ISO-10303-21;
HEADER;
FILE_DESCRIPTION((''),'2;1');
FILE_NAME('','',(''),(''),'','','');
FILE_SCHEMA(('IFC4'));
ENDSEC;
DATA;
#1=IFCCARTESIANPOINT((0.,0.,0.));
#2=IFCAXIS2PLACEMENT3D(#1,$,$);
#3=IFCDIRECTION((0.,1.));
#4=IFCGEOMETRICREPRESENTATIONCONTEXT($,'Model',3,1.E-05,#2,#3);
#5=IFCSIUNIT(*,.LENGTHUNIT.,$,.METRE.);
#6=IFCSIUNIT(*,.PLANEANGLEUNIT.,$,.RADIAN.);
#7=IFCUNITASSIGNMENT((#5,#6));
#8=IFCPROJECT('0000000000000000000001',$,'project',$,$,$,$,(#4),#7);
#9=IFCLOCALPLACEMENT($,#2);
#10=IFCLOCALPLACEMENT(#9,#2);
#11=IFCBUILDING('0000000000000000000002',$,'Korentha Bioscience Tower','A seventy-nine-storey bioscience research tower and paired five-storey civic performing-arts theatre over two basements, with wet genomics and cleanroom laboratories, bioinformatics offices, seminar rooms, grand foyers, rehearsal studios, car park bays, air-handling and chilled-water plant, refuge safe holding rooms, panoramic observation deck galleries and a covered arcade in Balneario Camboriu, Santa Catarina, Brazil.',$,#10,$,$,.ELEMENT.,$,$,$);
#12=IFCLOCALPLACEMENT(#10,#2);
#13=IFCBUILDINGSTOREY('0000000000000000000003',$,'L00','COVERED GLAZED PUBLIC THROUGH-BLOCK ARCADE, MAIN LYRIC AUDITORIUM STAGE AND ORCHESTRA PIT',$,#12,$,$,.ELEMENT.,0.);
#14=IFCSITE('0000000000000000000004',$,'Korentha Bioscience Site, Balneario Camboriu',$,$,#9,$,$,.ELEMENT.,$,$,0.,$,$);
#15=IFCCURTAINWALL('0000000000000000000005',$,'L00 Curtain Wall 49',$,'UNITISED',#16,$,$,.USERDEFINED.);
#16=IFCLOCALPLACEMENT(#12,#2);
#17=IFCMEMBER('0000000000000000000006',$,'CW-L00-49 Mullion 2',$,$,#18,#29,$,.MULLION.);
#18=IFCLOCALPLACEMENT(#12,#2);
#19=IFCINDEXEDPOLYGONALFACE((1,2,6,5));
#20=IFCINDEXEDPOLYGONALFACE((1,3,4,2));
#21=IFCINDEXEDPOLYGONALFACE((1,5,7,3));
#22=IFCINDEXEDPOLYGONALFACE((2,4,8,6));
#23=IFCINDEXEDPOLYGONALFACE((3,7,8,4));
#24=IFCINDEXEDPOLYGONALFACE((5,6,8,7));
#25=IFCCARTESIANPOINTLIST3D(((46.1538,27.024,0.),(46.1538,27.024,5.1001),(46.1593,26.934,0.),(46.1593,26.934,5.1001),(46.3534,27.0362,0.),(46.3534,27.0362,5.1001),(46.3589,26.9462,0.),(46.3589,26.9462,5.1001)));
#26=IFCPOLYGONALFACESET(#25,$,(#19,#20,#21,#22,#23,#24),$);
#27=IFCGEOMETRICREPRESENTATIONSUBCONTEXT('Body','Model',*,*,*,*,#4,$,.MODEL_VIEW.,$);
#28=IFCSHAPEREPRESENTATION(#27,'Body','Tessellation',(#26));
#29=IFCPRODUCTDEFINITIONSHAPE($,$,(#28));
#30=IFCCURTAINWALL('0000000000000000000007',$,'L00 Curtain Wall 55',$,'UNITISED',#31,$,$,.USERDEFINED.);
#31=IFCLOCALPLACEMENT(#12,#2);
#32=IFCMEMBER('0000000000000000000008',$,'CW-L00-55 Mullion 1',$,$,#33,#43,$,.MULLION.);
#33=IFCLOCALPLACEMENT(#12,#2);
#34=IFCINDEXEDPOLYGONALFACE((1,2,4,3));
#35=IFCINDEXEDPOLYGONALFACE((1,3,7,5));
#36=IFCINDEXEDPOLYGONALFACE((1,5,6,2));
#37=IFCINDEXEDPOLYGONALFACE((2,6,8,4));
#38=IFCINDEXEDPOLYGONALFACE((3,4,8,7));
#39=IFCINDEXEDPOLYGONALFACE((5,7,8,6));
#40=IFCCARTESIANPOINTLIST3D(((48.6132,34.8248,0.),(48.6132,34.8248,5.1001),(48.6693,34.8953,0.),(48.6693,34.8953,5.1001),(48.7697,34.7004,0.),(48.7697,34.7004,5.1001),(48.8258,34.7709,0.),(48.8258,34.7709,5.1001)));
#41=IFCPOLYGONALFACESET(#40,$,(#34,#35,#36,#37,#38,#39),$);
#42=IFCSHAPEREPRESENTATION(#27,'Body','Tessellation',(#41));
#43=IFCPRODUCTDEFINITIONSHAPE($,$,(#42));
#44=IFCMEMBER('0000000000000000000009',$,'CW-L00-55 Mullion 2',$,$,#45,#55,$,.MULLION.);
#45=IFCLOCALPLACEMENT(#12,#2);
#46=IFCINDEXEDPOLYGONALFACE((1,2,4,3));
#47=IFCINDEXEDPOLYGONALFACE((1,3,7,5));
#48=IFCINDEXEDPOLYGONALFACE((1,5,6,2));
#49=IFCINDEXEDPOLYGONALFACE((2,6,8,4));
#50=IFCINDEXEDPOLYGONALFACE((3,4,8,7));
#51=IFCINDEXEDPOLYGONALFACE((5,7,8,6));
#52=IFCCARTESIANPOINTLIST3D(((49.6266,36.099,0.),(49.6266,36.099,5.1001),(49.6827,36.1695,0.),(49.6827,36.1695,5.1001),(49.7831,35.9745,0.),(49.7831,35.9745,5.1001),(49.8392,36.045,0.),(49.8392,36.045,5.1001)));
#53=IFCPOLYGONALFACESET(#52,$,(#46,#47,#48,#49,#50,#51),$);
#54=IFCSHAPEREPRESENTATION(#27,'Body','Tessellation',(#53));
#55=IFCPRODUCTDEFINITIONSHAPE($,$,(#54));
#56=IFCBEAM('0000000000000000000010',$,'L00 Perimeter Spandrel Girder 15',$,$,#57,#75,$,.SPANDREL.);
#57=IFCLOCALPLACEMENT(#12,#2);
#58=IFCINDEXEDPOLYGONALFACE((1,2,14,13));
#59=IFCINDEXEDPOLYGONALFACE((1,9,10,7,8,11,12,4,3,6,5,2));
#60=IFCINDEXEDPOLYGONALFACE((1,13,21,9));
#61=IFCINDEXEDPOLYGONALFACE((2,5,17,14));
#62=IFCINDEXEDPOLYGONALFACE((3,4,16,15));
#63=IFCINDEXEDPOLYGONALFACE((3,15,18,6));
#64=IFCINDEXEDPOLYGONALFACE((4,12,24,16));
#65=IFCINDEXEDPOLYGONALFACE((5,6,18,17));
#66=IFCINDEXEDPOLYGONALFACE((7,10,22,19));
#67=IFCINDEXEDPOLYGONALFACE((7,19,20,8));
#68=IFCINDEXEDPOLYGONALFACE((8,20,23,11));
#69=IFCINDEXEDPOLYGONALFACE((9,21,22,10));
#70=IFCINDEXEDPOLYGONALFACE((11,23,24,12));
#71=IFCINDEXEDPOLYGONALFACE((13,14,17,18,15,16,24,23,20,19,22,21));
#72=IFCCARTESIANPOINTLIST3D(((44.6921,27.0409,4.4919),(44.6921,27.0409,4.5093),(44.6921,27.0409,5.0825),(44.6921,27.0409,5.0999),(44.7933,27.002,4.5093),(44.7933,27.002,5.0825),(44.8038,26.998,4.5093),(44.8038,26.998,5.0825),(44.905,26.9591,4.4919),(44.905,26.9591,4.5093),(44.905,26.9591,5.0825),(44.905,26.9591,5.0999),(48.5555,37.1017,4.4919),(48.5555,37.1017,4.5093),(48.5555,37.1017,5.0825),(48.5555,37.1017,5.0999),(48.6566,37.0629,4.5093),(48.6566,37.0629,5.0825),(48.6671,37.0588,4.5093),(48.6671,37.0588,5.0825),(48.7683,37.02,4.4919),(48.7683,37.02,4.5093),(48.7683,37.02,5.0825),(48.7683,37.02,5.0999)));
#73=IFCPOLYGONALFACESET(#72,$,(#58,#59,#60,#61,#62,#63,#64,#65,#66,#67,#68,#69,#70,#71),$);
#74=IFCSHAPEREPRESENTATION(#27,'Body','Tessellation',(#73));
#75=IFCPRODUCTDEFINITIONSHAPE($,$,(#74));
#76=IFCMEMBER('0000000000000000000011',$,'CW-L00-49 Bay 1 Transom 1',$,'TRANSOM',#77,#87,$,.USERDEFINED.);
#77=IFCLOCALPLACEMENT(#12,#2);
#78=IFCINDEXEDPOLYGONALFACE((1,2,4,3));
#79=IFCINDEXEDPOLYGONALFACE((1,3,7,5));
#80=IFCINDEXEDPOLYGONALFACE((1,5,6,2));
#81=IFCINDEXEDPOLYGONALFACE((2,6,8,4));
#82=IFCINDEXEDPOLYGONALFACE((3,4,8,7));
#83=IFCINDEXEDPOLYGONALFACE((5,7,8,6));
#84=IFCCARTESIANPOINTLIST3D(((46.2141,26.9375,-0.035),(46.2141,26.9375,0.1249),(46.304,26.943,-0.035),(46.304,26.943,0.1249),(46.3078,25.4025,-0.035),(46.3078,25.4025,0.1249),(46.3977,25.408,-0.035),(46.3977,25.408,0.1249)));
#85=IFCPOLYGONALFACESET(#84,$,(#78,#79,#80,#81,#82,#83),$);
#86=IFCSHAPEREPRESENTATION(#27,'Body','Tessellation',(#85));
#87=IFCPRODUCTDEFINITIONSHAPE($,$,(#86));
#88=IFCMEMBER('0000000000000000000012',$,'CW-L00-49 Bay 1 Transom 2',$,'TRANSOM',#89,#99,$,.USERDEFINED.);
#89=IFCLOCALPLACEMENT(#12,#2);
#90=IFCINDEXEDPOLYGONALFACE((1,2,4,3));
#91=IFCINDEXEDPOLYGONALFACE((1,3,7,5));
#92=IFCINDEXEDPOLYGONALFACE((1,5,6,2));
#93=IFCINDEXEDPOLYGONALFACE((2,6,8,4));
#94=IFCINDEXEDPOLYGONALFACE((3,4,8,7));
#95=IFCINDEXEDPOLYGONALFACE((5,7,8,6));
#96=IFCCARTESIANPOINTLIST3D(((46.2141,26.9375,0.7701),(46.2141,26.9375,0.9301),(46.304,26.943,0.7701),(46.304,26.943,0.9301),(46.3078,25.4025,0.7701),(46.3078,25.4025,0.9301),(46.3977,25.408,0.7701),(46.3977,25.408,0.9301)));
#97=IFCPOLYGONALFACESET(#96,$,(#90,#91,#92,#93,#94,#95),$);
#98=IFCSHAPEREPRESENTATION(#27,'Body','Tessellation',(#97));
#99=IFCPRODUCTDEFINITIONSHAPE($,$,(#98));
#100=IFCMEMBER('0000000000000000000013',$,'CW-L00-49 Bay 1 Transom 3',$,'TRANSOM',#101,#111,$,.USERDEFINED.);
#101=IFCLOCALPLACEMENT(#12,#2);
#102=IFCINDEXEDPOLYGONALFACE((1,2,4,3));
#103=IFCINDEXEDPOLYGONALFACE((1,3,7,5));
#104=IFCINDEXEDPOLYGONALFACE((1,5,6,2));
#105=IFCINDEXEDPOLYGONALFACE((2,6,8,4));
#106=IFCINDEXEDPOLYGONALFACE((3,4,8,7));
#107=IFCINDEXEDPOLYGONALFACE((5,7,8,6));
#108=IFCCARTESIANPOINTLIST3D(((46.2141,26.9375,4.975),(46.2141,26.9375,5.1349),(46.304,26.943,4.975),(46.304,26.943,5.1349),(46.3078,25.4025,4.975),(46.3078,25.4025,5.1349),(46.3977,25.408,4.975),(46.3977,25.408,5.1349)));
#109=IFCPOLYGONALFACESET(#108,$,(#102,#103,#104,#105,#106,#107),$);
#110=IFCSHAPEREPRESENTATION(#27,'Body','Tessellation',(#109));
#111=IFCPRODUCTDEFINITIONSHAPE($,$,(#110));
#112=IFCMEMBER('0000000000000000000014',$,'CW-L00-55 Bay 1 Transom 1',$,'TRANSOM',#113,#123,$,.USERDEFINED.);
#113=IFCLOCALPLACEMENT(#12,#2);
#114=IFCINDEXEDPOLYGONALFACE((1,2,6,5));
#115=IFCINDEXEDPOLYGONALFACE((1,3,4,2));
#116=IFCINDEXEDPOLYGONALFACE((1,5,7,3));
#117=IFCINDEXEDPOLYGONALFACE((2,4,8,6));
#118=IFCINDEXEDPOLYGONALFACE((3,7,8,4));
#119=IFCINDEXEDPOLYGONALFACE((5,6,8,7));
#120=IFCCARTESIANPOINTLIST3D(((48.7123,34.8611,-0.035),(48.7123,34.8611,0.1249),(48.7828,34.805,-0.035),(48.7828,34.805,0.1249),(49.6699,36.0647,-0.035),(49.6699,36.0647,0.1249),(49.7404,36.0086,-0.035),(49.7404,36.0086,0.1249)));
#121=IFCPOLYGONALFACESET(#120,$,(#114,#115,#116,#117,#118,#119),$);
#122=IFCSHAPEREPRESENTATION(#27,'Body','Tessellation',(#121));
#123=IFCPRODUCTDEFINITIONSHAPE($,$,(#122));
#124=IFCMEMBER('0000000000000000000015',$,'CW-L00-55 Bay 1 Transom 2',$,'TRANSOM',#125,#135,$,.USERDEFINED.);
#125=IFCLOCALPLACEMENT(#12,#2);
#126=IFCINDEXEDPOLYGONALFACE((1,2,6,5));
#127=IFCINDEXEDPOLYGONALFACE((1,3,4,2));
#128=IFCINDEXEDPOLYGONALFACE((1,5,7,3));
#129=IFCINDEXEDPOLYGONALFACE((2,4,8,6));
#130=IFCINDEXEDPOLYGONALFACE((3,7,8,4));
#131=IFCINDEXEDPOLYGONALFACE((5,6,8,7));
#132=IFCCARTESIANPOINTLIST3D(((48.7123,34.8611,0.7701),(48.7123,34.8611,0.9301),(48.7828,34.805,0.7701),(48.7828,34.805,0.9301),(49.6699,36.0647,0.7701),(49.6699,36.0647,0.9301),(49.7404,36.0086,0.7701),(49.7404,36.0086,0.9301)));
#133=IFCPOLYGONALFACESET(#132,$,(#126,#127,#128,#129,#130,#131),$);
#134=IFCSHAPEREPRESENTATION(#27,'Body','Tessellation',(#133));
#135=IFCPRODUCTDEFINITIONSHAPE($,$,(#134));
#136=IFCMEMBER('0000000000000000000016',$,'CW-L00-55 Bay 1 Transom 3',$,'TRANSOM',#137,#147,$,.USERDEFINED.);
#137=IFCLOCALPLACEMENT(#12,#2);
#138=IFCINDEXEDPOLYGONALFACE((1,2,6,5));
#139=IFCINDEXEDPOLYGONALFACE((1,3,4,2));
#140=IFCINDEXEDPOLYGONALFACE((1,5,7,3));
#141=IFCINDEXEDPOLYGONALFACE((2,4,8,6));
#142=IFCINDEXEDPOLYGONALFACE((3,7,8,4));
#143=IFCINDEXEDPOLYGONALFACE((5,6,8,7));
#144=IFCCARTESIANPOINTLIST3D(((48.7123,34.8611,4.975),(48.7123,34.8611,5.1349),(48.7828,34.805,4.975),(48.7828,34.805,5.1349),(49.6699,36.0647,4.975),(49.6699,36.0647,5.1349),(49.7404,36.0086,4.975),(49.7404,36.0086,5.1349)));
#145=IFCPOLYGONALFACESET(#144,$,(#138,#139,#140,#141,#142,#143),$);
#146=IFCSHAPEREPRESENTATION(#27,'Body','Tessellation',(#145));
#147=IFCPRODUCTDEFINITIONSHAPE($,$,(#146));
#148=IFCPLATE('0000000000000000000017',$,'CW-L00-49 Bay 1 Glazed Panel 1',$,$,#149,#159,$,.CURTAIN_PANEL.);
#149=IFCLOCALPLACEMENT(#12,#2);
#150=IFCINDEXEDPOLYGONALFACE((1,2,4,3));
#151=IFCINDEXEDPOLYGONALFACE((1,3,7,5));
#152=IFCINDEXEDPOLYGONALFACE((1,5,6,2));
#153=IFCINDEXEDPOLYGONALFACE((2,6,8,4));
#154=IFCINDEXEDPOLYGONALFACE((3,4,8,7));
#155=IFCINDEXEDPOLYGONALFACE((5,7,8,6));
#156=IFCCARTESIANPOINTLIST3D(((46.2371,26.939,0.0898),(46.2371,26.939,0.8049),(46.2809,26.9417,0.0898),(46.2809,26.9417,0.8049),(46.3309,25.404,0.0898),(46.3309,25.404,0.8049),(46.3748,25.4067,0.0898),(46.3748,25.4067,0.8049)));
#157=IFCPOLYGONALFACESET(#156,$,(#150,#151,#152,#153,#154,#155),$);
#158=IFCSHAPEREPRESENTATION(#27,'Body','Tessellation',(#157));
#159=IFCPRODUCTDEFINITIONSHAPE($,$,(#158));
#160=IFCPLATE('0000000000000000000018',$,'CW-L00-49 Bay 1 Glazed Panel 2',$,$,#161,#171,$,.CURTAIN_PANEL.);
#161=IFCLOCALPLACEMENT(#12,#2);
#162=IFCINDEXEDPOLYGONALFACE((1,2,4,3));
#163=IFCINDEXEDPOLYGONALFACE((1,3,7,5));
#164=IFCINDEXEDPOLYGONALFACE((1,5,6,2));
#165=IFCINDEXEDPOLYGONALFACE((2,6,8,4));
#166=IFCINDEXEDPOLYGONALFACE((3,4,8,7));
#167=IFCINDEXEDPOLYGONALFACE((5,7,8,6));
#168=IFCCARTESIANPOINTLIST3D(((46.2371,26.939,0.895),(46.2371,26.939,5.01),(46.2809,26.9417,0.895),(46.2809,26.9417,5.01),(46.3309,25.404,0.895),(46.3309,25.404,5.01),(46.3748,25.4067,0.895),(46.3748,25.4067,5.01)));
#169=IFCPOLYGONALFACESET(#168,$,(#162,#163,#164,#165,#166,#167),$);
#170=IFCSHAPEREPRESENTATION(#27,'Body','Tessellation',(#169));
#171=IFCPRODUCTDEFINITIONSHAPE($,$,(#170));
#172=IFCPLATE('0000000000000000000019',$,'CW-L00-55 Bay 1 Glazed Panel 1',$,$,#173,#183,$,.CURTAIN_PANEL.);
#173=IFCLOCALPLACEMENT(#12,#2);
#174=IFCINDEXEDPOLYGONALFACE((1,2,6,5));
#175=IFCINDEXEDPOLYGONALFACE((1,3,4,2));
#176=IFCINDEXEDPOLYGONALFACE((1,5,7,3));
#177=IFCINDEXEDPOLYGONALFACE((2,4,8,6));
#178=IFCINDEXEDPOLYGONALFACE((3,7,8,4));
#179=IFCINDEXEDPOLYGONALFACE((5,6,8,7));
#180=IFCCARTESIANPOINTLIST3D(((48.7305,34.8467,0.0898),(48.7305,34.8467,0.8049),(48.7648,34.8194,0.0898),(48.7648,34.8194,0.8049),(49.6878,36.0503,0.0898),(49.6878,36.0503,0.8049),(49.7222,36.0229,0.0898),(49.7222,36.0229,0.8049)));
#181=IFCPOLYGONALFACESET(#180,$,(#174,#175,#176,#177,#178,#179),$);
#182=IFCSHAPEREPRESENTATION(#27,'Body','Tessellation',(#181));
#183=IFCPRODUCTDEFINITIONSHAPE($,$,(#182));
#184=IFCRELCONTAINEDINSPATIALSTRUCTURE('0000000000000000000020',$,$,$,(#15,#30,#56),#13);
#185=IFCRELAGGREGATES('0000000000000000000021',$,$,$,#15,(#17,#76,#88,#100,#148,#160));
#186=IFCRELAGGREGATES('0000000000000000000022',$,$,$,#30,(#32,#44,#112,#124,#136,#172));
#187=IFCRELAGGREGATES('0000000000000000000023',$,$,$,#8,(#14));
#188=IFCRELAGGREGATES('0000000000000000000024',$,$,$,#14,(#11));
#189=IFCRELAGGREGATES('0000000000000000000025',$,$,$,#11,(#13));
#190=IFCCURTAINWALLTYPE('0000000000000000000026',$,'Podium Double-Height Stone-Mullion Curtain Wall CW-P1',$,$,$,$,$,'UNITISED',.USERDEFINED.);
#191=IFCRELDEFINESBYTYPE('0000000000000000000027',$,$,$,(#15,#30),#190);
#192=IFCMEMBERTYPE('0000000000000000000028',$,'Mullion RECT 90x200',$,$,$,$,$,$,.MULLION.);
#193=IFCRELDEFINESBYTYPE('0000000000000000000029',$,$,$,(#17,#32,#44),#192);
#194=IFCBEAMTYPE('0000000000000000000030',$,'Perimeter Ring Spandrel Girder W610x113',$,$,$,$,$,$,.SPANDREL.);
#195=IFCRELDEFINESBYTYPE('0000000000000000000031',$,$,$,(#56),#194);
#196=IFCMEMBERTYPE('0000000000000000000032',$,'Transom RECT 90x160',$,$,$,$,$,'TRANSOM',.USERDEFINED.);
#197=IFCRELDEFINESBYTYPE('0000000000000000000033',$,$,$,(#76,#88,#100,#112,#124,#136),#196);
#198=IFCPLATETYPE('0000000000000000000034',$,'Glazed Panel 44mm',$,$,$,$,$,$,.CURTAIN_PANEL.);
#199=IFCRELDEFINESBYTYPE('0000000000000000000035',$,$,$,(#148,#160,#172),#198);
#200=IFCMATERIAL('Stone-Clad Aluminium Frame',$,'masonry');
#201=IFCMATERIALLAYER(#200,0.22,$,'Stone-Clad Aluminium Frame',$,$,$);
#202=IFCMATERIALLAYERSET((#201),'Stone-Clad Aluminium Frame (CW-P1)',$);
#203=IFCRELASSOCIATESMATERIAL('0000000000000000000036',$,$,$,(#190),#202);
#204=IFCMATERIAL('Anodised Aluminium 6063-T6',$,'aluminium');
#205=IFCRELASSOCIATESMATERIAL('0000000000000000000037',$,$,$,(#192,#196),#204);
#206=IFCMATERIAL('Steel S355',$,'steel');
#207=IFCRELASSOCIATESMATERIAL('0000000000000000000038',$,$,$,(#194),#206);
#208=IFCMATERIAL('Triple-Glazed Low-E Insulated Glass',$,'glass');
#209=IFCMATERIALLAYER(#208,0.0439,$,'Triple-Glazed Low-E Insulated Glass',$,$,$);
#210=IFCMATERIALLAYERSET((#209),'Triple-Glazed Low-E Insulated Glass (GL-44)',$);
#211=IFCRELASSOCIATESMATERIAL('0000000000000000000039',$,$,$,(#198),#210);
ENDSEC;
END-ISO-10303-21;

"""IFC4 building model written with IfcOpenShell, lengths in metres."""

from ifc_helpers import new_model, si_unit, direction, frame, origin, origin_2d, place, context, subcontext, project, spatial, rectangle, i_section, extrude, material, layer, layer_set, material_profile, profile_set, type_object, element, aggregate, save


model = new_model("IFC4")

# Units and contexts
model_context = context("Model", 3, precision=1e-05, world=origin(), true_north=direction((0.0, 1.0)))
body_context = subcontext(model_context, "Body", "Model", "MODEL_VIEW")
ifc_project = project(units=[si_unit("LENGTHUNIT", "METRE"), si_unit("PLANEANGLEUNIT", "RADIAN")], contexts=[model_context])

# Site, building, storey
site_placement = place(None, origin())
site = spatial("IfcSite", under=ifc_project, at=site_placement, Name="Korentha Bioscience Site, Balneario Camboriu", CompositionType="ELEMENT", RefElevation=0.0)
building_placement = place(site_placement, origin())
building = spatial("IfcBuilding", under=site, at=building_placement, Name="Korentha Bioscience Tower", Description="A seventy-nine-storey bioscience research tower and paired five-storey civic performing-arts theatre over two basements, with wet genomics and cleanroom laboratories, bioinformatics offices, seminar rooms, grand foyers, rehearsal studios, car park bays, air-handling and chilled-water plant, refuge safe holding rooms, panoramic observation deck galleries and a covered arcade in Balneario Camboriu, Santa Catarina, Brazil.", CompositionType="ELEMENT")
storey_placement = place(building_placement, origin())
storey = spatial("IfcBuildingStorey", under=building, at=storey_placement, Name="L00", Description="COVERED GLAZED PUBLIC THROUGH-BLOCK ARCADE, MAIN LYRIC AUDITORIUM STAGE AND ORCHESTRA PIT", CompositionType="ELEMENT", Elevation=0.0)

# Shared definitions
ifc_material_1 = material(Name="Steel S355", Category="steel")

# Curtain wall, member
ifc_material_2 = material(Name="Stone-Clad Aluminium Frame", Category="masonry")
ifc_layer_1 = layer(ifc_material_2, 0.22, Name="Stone-Clad Aluminium Frame")
ifc_layer_set_1 = layer_set([ifc_layer_1], Name="Stone-Clad Aluminium Frame (CW-P1)")
curtain_wall_type = type_object("IfcCurtainWallType", Name="Podium Double-Height Stone-Mullion Curtain Wall CW-P1", ElementType="UNITISED", PredefinedType="USERDEFINED", material=ifc_layer_set_1)
curtain_wall_1_placement = place(storey_placement, origin())
curtain_wall_1 = element("IfcCurtainWall", 1, at=curtain_wall_1_placement, inside=storey, type_object=curtain_wall_type, Name="L00 Curtain Wall 49", ObjectType="UNITISED", PredefinedType="USERDEFINED")
ifc_material_3 = material(Name="Anodised Aluminium 6063-T6", Category="aluminium")
ifc_material_profile_1 = material_profile(ifc_material_3, rectangle(XDim=0.0901, YDim=0.2, at=origin_2d()), Name="Anodised Aluminium 6063-T6")
ifc_profile_set_1 = profile_set([ifc_material_profile_1], Name="Anodised Aluminium 6063-T6 (CW-MUL)")
member_type_1 = type_object("IfcMemberType", Name="Mullion RECT 90x200", PredefinedType="MULLION", material=ifc_profile_set_1)
member_1_placement = place(storey_placement, frame((46.2563, 26.9851, 0.0), z_axis=(0.0, 0.0, 1.0), x_axis=(-0.061008, 0.998137, 0.0)))
member_1 = element("IfcMember", 2, at=member_1_placement, type_object=member_type_1, Name="CW-L00-49 Mullion 2", PredefinedType="MULLION", context=body_context, shape_type="SweptSolid", body=[
    extrude(rectangle(XDim=0.0901, YDim=0.2, at=origin_2d()), origin(), (0.0, 0.0, 1.0), 5.1001),
])

# Curtain wall, members
curtain_wall_2_placement = place(storey_placement, origin())
curtain_wall_2 = element("IfcCurtainWall", 3, at=curtain_wall_2_placement, inside=storey, type_object=curtain_wall_type, Name="L00 Curtain Wall 55", ObjectType="UNITISED", PredefinedType="USERDEFINED")
member_2_placement = place(storey_placement, frame((48.7195, 34.7979, 0.0), z_axis=(0.0, 0.0, 1.0), x_axis=(0.62252, 0.782604, 0.0)))
member_2 = element("IfcMember", 4, at=member_2_placement, type_object=member_type_1, Name="CW-L00-55 Mullion 1", PredefinedType="MULLION", context=body_context, shape_type="SweptSolid", body=[
    extrude(rectangle(XDim=0.0901, YDim=0.2, at=origin_2d()), origin(), (0.0, 0.0, 1.0), 5.1001),
])
member_3_placement = place(storey_placement, frame((49.7329, 36.072, 0.0), z_axis=(0.0, 0.0, 1.0), x_axis=(0.62252, 0.782604, 0.0)))
member_3 = element("IfcMember", 5, at=member_3_placement, type_object=member_type_1, Name="CW-L00-55 Mullion 2", PredefinedType="MULLION", context=body_context, shape_type="SweptSolid", body=[
    extrude(rectangle(XDim=0.0901, YDim=0.2, at=origin_2d()), origin(), (0.0, 0.0, 1.0), 5.1001),
])

# Beam
ifc_material_profile_2 = material_profile(ifc_material_1, i_section(OverallWidth=0.228, OverallDepth=0.6079, WebThickness=0.0112, FlangeThickness=0.0173, at=origin_2d()), Name="Steel S355")
ifc_profile_set_2 = profile_set([ifc_material_profile_2], Name="Steel S355 (SB-610)")
beam_type_1 = type_object("IfcBeamType", Name="Perimeter Ring Spandrel Girder W610x113", PredefinedType="SPANDREL", material=ifc_profile_set_2)
beam_1_placement = place(storey_placement, frame((44.7986, 27.0, 4.7959), z_axis=(0.358474, 0.93354, 0.0), x_axis=(-0.93354, 0.358474, 0.0)))
element("IfcBeam", 6, at=beam_1_placement, inside=storey, type_object=beam_type_1, Name="L00 Perimeter Spandrel Girder 15", PredefinedType="SPANDREL", context=body_context, shape_type="SweptSolid", body=[
    extrude(i_section(OverallWidth=0.228, OverallDepth=0.6079, WebThickness=0.0112, FlangeThickness=0.0173, at=origin_2d()), origin(), (0.0, 0.0, 1.0), 10.7771),
])

# Members
ifc_material_profile_3 = material_profile(ifc_material_3, rectangle(XDim=0.0901, YDim=0.1599, at=origin_2d()), Name="Anodised Aluminium 6063-T6")
ifc_profile_set_3 = profile_set([ifc_material_profile_3], Name="Anodised Aluminium 6063-T6 (CW-TRN)")
member_type_2 = type_object("IfcMemberType", Name="Transom RECT 90x160", ElementType="TRANSOM", PredefinedType="USERDEFINED", material=ifc_profile_set_3)
member_4_placement = place(storey_placement, frame((46.3528, 25.4053, 0.0449), z_axis=(-0.060965, 0.99814, 0.0), x_axis=(-0.99814, -0.060965, 0.0)))
member_4 = element("IfcMember", 7, at=member_4_placement, type_object=member_type_2, Name="CW-L00-49 Bay 1 Transom 1", ObjectType="TRANSOM", PredefinedType="USERDEFINED", context=body_context, shape_type="SweptSolid", body=[
    extrude(rectangle(XDim=0.0901, YDim=0.1599, at=origin_2d()), origin(), (0.0, 0.0, 1.0), 1.5378),
])
member_5_placement = place(storey_placement, frame((46.3528, 25.4053, 0.8501), z_axis=(-0.060965, 0.99814, 0.0), x_axis=(-0.99814, -0.060965, 0.0)))
member_5 = element("IfcMember", 8, at=member_5_placement, type_object=member_type_2, Name="CW-L00-49 Bay 1 Transom 2", ObjectType="TRANSOM", PredefinedType="USERDEFINED", context=body_context, shape_type="SweptSolid", body=[
    extrude(rectangle(XDim=0.0901, YDim=0.1599, at=origin_2d()), origin(), (0.0, 0.0, 1.0), 1.5378),
])
member_6_placement = place(storey_placement, frame((46.3528, 25.4053, 5.0549), z_axis=(-0.060965, 0.99814, 0.0), x_axis=(-0.99814, -0.060965, 0.0)))
member_6 = element("IfcMember", 9, at=member_6_placement, type_object=member_type_2, Name="CW-L00-49 Bay 1 Transom 3", ObjectType="TRANSOM", PredefinedType="USERDEFINED", context=body_context, shape_type="SweptSolid", body=[
    extrude(rectangle(XDim=0.0901, YDim=0.1599, at=origin_2d()), origin(), (0.0, 0.0, 1.0), 1.5378),
])
member_7_placement = place(storey_placement, frame((48.7476, 34.833, 0.0449), z_axis=(0.622563, 0.782569, 0.0), x_axis=(-0.782569, 0.622563, 0.0)))
member_7 = element("IfcMember", 10, at=member_7_placement, type_object=member_type_2, Name="CW-L00-55 Bay 1 Transom 1", ObjectType="TRANSOM", PredefinedType="USERDEFINED", context=body_context, shape_type="SweptSolid", body=[
    extrude(rectangle(XDim=0.0901, YDim=0.1599, at=origin_2d()), origin(), (0.0, 0.0, 1.0), 1.5381),
])
member_8_placement = place(storey_placement, frame((48.7476, 34.833, 0.8501), z_axis=(0.622563, 0.782569, 0.0), x_axis=(-0.782569, 0.622563, 0.0)))
member_8 = element("IfcMember", 11, at=member_8_placement, type_object=member_type_2, Name="CW-L00-55 Bay 1 Transom 2", ObjectType="TRANSOM", PredefinedType="USERDEFINED", context=body_context, shape_type="SweptSolid", body=[
    extrude(rectangle(XDim=0.0901, YDim=0.1599, at=origin_2d()), origin(), (0.0, 0.0, 1.0), 1.5381),
])
member_9_placement = place(storey_placement, frame((48.7476, 34.833, 5.0549), z_axis=(0.622563, 0.782569, 0.0), x_axis=(-0.782569, 0.622563, 0.0)))
member_9 = element("IfcMember", 12, at=member_9_placement, type_object=member_type_2, Name="CW-L00-55 Bay 1 Transom 3", ObjectType="TRANSOM", PredefinedType="USERDEFINED", context=body_context, shape_type="SweptSolid", body=[
    extrude(rectangle(XDim=0.0901, YDim=0.1599, at=origin_2d()), origin(), (0.0, 0.0, 1.0), 1.5381),
])

# Plates
ifc_material_4 = material(Name="Triple-Glazed Low-E Insulated Glass", Category="glass")
ifc_layer_2 = layer(ifc_material_4, 0.0439, Name="Triple-Glazed Low-E Insulated Glass")
ifc_layer_set_2 = layer_set([ifc_layer_2], Name="Triple-Glazed Low-E Insulated Glass (GL-44)")
plate_type = type_object("IfcPlateType", Name="Glazed Panel 44mm", PredefinedType="CURTAIN_PANEL", material=ifc_layer_set_2)
plate_1_placement = place(storey_placement, frame((46.3059, 26.1729, 0.0898), z_axis=(0.0, 0.0, 1.0), x_axis=(-0.061008, 0.998137, 0.0)))
plate_1 = element("IfcPlate", 13, at=plate_1_placement, type_object=plate_type, Name="CW-L00-49 Bay 1 Glazed Panel 1", PredefinedType="CURTAIN_PANEL", context=body_context, shape_type="SweptSolid", body=[
    extrude(rectangle(XDim=1.5378, YDim=0.0439, at=origin_2d()), origin(), (0.0, 0.0, 1.0), 0.7151),
])
plate_2_placement = place(storey_placement, frame((46.3059, 26.1729, 0.895), z_axis=(0.0, 0.0, 1.0), x_axis=(-0.061008, 0.998137, 0.0)))
plate_2 = element("IfcPlate", 14, at=plate_2_placement, type_object=plate_type, Name="CW-L00-49 Bay 1 Glazed Panel 2", PredefinedType="CURTAIN_PANEL", context=body_context, shape_type="SweptSolid", body=[
    extrude(rectangle(XDim=1.5378, YDim=0.0439, at=origin_2d()), origin(), (0.0, 0.0, 1.0), 4.115),
])
aggregate(curtain_wall_1, [member_1, member_4, member_5, member_6, plate_1, plate_2])
plate_3_placement = place(storey_placement, frame((49.2263, 35.4348, 0.0898), z_axis=(0.0, 0.0, 1.0), x_axis=(0.62252, 0.782604, 0.0)))
plate_3 = element("IfcPlate", 15, at=plate_3_placement, type_object=plate_type, Name="CW-L00-55 Bay 1 Glazed Panel 1", PredefinedType="CURTAIN_PANEL", context=body_context, shape_type="SweptSolid", body=[
    extrude(rectangle(XDim=1.5378, YDim=0.0439, at=origin_2d()), origin(), (0.0, 0.0, 1.0), 0.7151),
])
aggregate(curtain_wall_2, [member_2, member_3, member_7, member_8, member_9, plate_3])

save(model, "model.ifc")
